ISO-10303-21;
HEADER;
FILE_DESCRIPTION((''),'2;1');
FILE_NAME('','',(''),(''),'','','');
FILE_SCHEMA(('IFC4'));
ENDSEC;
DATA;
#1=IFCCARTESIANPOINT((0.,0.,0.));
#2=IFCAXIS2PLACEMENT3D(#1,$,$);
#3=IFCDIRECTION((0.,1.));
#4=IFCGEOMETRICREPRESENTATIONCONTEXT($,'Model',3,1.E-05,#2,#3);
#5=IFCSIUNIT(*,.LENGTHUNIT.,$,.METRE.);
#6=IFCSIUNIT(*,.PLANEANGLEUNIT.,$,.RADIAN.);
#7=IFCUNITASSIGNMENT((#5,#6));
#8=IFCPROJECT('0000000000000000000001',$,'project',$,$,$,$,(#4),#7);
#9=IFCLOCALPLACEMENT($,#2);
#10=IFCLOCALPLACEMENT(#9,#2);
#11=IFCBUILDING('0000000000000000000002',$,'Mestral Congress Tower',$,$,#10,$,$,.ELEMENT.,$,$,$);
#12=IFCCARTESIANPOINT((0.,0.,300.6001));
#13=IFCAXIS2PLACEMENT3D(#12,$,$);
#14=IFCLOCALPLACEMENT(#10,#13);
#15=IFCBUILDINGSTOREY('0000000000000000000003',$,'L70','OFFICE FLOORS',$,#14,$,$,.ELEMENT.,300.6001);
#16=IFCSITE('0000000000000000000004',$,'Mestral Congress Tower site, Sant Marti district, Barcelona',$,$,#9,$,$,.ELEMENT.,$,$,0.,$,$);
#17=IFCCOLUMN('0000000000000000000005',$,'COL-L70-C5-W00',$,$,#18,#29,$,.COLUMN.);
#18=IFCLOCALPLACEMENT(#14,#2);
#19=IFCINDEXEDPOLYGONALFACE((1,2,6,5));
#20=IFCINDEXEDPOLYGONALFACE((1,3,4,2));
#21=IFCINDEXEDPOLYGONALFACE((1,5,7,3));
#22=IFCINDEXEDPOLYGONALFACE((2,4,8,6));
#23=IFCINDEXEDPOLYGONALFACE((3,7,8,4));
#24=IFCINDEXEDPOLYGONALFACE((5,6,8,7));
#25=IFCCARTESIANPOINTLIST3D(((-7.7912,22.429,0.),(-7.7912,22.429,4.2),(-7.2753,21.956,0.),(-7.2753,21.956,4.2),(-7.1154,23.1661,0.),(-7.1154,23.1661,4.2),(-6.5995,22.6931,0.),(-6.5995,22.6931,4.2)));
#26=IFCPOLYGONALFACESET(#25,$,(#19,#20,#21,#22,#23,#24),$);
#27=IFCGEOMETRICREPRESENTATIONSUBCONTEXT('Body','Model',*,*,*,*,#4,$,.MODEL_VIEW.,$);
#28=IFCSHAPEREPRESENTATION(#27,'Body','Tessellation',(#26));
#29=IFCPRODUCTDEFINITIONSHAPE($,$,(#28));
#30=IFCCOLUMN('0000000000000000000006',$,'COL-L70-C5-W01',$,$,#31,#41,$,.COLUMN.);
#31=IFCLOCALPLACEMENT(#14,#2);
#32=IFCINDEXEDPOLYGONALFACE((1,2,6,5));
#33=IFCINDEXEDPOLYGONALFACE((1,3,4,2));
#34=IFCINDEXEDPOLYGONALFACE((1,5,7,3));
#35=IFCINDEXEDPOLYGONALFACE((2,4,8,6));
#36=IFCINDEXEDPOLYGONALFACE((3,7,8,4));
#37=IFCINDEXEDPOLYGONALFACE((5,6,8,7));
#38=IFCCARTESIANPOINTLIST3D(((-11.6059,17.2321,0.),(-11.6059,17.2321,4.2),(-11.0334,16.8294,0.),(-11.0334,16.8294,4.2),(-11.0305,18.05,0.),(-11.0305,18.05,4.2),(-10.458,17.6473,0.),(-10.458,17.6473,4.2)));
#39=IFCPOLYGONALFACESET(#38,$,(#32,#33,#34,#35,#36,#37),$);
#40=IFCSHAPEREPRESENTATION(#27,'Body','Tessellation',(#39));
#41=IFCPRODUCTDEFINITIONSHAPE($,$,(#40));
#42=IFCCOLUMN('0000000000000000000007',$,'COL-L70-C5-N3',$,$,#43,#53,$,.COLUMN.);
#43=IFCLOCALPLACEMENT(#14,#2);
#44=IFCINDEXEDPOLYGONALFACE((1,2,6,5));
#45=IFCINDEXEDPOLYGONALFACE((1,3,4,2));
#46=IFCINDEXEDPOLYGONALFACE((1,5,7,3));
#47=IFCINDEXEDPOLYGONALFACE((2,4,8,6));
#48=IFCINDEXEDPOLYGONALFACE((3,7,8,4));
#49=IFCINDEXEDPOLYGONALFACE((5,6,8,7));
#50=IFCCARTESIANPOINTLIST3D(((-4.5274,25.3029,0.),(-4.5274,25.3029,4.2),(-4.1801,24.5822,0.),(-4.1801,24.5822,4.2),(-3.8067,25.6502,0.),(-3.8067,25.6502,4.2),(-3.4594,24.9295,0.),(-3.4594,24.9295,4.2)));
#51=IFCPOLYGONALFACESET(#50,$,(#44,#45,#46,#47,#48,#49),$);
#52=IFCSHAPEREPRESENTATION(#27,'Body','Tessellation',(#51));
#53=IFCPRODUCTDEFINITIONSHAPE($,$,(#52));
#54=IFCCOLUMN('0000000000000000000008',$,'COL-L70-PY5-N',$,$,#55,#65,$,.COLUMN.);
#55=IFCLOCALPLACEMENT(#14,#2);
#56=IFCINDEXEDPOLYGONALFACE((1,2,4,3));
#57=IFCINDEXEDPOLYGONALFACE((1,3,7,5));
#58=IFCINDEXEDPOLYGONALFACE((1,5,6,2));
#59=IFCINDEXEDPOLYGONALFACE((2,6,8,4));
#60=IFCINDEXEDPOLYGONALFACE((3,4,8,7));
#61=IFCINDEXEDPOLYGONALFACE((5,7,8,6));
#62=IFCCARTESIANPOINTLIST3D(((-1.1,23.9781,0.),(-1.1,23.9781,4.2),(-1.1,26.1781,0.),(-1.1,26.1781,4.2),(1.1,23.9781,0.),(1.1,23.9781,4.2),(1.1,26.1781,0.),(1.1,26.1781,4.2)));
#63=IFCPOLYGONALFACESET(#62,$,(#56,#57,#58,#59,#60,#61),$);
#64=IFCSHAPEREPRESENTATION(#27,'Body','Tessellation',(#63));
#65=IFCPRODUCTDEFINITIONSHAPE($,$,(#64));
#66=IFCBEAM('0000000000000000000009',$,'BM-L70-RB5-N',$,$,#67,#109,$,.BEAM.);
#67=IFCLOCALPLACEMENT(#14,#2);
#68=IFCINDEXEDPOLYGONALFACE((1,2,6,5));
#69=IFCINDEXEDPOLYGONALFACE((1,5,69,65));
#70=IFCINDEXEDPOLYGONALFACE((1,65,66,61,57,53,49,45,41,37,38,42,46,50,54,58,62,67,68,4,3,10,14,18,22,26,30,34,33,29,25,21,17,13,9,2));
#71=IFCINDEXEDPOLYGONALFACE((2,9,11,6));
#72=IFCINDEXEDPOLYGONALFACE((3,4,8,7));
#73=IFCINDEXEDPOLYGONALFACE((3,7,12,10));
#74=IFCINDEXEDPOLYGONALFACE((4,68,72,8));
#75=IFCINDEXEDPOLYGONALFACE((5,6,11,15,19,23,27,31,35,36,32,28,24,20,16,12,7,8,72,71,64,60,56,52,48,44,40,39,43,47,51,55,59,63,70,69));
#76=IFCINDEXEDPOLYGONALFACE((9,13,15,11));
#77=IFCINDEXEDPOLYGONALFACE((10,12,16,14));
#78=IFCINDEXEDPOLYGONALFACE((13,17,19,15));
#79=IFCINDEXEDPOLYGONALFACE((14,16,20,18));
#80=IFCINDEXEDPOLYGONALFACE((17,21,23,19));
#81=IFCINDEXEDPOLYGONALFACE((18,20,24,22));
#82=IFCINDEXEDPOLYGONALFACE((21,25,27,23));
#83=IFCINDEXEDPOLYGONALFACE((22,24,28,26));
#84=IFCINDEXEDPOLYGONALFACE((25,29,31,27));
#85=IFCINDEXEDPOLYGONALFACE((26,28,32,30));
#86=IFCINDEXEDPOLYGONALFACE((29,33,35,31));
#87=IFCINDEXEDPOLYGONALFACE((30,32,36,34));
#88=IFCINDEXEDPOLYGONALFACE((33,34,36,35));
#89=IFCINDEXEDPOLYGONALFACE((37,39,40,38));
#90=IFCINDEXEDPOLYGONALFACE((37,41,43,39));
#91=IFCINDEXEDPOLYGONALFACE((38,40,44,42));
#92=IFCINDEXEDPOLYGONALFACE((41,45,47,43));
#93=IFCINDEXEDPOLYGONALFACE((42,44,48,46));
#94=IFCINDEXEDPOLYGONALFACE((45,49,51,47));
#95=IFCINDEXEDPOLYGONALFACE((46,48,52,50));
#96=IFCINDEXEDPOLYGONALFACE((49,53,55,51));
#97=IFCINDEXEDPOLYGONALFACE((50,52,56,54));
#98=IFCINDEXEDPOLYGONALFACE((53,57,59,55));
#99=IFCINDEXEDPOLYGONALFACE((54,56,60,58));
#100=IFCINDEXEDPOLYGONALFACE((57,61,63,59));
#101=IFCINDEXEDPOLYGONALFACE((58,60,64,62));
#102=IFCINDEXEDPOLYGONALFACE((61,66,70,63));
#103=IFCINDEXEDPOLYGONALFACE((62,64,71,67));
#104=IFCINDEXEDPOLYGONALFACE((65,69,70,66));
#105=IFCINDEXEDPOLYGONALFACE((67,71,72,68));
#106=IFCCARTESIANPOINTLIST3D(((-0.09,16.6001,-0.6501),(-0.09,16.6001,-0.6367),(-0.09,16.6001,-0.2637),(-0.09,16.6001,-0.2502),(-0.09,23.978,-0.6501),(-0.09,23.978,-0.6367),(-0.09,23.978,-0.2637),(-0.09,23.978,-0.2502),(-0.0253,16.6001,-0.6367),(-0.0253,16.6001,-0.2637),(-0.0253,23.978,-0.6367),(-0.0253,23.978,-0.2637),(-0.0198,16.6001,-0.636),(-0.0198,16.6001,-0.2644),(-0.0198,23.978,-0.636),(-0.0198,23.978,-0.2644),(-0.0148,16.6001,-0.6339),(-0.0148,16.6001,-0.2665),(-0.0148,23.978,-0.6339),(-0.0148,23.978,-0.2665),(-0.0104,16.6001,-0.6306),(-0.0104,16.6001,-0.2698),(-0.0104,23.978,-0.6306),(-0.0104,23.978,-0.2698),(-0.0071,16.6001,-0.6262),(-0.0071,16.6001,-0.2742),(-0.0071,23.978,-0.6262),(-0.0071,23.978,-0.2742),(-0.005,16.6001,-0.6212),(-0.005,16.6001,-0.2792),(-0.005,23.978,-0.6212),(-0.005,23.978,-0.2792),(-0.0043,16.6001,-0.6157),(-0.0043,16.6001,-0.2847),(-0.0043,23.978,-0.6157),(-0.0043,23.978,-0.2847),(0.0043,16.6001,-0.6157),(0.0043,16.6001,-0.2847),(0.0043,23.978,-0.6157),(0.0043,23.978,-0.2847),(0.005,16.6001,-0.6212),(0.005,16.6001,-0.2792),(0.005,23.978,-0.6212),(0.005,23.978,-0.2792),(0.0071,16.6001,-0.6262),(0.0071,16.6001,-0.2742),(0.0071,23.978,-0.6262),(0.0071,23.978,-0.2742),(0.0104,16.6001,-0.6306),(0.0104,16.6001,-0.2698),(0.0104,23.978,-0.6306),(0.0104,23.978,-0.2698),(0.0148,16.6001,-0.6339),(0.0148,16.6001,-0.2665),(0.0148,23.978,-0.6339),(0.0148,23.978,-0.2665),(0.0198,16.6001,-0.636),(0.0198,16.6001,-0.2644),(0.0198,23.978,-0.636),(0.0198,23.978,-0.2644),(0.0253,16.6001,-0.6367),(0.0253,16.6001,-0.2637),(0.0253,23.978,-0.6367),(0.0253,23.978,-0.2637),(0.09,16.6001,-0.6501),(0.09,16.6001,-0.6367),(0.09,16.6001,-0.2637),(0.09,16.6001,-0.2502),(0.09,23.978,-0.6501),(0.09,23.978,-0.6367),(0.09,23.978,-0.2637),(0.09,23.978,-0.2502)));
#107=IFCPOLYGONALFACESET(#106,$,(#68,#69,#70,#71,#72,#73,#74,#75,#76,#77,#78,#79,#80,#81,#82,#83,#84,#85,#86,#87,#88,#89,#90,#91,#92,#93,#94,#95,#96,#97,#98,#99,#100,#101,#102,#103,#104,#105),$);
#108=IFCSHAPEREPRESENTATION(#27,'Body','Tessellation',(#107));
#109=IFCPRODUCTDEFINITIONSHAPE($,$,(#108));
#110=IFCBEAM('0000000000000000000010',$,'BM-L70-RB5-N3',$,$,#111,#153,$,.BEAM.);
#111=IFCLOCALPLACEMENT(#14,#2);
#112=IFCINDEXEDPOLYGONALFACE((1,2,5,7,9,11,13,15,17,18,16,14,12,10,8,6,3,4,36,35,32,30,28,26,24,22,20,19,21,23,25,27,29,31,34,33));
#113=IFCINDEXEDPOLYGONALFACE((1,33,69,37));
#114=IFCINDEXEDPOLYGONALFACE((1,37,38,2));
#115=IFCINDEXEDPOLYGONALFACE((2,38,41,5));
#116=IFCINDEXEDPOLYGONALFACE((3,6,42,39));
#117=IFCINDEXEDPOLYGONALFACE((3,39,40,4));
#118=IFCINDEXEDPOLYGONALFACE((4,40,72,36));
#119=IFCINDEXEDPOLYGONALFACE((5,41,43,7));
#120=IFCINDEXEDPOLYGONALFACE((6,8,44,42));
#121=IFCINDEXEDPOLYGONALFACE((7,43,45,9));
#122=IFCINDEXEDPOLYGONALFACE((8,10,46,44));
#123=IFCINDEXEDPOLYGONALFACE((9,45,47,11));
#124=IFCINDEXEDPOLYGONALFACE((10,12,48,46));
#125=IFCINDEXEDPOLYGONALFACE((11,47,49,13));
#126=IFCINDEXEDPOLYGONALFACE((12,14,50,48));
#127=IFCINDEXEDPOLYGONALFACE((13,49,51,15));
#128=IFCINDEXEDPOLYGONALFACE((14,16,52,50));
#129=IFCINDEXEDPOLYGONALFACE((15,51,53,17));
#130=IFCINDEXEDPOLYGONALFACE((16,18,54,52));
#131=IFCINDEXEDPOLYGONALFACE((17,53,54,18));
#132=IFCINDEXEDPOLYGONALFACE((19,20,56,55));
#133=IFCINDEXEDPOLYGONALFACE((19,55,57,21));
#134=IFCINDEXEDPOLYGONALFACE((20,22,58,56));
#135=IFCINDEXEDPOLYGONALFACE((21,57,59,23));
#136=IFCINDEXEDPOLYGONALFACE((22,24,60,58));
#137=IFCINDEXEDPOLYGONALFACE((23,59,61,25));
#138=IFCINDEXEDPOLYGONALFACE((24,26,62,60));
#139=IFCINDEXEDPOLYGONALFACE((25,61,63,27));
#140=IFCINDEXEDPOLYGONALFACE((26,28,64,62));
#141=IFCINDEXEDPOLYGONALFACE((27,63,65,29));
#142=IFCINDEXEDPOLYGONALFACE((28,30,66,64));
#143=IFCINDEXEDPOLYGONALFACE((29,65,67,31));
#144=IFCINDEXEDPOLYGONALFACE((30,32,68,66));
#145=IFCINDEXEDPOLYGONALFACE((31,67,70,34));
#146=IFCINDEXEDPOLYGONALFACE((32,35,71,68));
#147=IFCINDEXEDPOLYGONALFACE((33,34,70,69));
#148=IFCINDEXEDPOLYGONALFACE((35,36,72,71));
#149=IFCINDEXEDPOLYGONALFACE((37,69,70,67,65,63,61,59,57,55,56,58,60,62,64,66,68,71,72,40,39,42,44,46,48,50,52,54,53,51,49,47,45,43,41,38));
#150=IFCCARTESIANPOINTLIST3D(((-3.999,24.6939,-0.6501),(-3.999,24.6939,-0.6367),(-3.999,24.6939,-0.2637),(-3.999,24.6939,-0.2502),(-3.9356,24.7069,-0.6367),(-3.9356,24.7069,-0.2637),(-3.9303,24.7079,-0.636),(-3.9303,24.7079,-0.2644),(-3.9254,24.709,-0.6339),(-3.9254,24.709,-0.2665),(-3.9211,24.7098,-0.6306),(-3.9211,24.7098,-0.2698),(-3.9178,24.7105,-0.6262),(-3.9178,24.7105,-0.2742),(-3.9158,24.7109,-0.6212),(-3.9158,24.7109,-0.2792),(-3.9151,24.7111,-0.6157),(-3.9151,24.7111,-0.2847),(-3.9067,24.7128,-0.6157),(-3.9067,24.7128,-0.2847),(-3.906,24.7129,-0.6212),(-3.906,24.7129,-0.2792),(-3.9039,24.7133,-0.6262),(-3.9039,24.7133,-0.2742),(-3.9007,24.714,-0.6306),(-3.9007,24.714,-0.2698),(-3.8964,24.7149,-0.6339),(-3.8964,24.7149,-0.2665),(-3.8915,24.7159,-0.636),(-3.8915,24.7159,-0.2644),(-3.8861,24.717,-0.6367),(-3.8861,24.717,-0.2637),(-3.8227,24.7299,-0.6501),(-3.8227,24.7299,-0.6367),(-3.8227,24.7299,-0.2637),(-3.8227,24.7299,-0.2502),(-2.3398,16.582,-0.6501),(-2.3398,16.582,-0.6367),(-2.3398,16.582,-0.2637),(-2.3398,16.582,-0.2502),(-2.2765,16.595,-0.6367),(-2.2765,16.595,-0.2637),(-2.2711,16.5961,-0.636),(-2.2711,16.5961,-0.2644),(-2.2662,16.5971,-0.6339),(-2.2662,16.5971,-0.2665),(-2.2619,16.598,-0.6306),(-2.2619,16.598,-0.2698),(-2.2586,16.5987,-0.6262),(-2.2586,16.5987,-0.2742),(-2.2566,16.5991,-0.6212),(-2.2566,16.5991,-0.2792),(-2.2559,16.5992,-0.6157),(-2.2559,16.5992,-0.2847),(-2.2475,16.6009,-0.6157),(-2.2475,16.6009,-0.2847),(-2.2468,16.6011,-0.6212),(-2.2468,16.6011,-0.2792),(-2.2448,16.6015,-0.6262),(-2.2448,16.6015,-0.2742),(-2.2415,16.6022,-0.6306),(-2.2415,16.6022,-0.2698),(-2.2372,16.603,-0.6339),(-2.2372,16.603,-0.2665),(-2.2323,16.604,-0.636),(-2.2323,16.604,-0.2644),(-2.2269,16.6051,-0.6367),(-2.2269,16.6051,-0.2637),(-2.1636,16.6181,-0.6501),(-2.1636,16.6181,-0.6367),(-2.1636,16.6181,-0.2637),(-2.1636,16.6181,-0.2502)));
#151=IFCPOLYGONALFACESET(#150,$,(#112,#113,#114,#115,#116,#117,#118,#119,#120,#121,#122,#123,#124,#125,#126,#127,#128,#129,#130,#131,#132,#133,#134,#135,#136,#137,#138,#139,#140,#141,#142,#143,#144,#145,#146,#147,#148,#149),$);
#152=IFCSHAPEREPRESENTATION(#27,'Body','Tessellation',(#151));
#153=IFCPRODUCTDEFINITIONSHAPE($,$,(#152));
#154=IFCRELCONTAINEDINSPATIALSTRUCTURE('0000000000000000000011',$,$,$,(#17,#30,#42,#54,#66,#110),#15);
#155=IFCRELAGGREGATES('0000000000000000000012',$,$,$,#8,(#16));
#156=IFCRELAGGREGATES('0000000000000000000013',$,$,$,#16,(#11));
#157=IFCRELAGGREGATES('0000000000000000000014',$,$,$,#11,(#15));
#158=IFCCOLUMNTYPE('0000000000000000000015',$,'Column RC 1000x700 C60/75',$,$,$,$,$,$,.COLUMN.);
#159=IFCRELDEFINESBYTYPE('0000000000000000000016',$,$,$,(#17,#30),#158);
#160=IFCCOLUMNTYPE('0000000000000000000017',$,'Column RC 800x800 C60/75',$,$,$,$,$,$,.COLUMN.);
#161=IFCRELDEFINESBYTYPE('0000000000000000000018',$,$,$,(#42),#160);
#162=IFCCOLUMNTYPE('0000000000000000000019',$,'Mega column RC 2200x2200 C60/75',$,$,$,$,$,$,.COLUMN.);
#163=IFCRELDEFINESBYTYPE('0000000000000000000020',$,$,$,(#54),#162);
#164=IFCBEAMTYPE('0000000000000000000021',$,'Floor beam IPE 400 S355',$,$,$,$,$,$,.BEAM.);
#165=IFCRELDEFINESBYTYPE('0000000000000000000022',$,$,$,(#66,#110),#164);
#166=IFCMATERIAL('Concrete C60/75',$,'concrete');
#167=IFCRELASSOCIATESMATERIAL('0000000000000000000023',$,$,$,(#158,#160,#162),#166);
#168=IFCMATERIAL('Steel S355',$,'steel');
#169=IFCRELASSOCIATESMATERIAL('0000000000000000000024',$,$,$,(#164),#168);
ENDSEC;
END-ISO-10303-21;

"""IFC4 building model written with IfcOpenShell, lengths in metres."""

from ifc_helpers import new_model, si_unit, direction, frame, origin, origin_2d, place, context, subcontext, project, spatial, rectangle, i_section, extrude, material, material_profile, profile_set, type_object, element, save


model = new_model("IFC4")

# Units and contexts
model_context = context("Model", 3, precision=1e-05, world=origin(), true_north=direction((0.0, 1.0)))
body_context = subcontext(model_context, "Body", "Model", "MODEL_VIEW")
ifc_project = project(units=[si_unit("LENGTHUNIT", "METRE"), si_unit("PLANEANGLEUNIT", "RADIAN")], contexts=[model_context])

# Site, building, storey
site_placement = place(None, origin())
site = spatial("IfcSite", under=ifc_project, at=site_placement, Name="Mestral Congress Tower site, Sant Marti district, Barcelona", CompositionType="ELEMENT", RefElevation=0.0)
building_placement = place(site_placement, origin())
building = spatial("IfcBuilding", under=site, at=building_placement, Name="Mestral Congress Tower", CompositionType="ELEMENT")
storey_placement = place(building_placement, frame((0.0, 0.0, 300.6001)))
storey = spatial("IfcBuildingStorey", under=building, at=storey_placement, Name="L70", Description="OFFICE FLOORS", CompositionType="ELEMENT", Elevation=300.6001)

# Columns
ifc_material_1 = material(Name="Concrete C60/75", Category="concrete")
ifc_material_profile_1 = material_profile(ifc_material_1, rectangle(XDim=1.0, YDim=0.7, at=origin_2d()), Name="RC 1000x700")
ifc_profile_set_1 = profile_set([ifc_material_profile_1], Name="Concrete C60/75")
column_type_1 = type_object("IfcColumnType", Name="Column RC 1000x700 C60/75", PredefinedType="COLUMN", material=ifc_profile_set_1)
for number, where, z_axis, x_axis, name in (
    (1, (-7.1953, 22.561, 0.0), (0.0, 0.0, 1.0), (-0.675803, -0.737083, 0.0), "COL-L70-C5-W00"),
    (2, (-11.032, 17.4397, 0.0), (0.0, 0.0, 1.0), (-0.575402, -0.817871, 0.0), "COL-L70-C5-W01"),
):
    element("IfcColumn", number, at=place(storey_placement, frame(where, z_axis=z_axis, x_axis=x_axis)), inside=storey, type_object=column_type_1, Name=name, PredefinedType="COLUMN", context=body_context, shape_type="SweptSolid", body=[
        extrude(rectangle(XDim=1.0, YDim=0.7, at=origin_2d()), origin(), (0.0, 0.0, 1.0), 4.2),
    ])
ifc_material_profile_2 = material_profile(ifc_material_1, rectangle(XDim=0.8, YDim=0.8, at=origin_2d()), Name="RC 800x800")
ifc_profile_set_2 = profile_set([ifc_material_profile_2], Name="Concrete C60/75")
column_type_2 = type_object("IfcColumnType", Name="Column RC 800x800 C60/75", PredefinedType="COLUMN", material=ifc_profile_set_2)
column_1_placement = place(storey_placement, frame((-3.9934, 25.1162, 0.0), z_axis=(0.0, 0.0, 1.0), x_axis=(-0.900873, -0.434082, 0.0)))
element("IfcColumn", 3, at=column_1_placement, inside=storey, type_object=column_type_2, Name="COL-L70-C5-N3", PredefinedType="COLUMN", context=body_context, shape_type="SweptSolid", body=[
    extrude(rectangle(XDim=0.8, YDim=0.8, at=origin_2d()), origin(), (0.0, 0.0, 1.0), 4.2),
])
ifc_material_profile_3 = material_profile(ifc_material_1, rectangle(XDim=2.2, YDim=2.2, at=origin_2d()), Name="RC 2200x2200")
ifc_profile_set_3 = profile_set([ifc_material_profile_3], Name="Concrete C60/75")
column_type_3 = type_object("IfcColumnType", Name="Mega column RC 2200x2200 C60/75", PredefinedType="COLUMN", material=ifc_profile_set_3)
column_2_placement = place(storey_placement, frame((0.0, 25.0781, 0.0), z_axis=(0.0, 0.0, 1.0), x_axis=(0.0, 1.0, 0.0)))
element("IfcColumn", 4, at=column_2_placement, inside=storey, type_object=column_type_3, Name="COL-L70-PY5-N", PredefinedType="COLUMN", context=body_context, shape_type="SweptSolid", body=[
    extrude(rectangle(XDim=2.2, YDim=2.2, at=origin_2d()), origin(), (0.0, 0.0, 1.0), 4.2),
])

# Beams
ifc_material_2 = material(Name="Steel S355", Category="steel")
ifc_material_profile_4 = material_profile(ifc_material_2, i_section(OverallWidth=0.1799, OverallDepth=0.3999, WebThickness=0.0085, FlangeThickness=0.0134, FilletRadius=0.021, at=origin_2d()), Name="IPE 400")
ifc_profile_set_4 = profile_set([ifc_material_profile_4], Name="Steel S355")
beam_type_1 = type_object("IfcBeamType", Name="Floor beam IPE 400 S355", PredefinedType="BEAM", material=ifc_profile_set_4)
beam_1_placement = place(storey_placement, frame((0.0, 23.978, -0.4502), z_axis=(0.0, -1.0, 0.0), x_axis=(1.0, 0.0, 0.0)))
element("IfcBeam", 5, at=beam_1_placement, inside=storey, type_object=beam_type_1, Name="BM-L70-RB5-N", PredefinedType="BEAM", context=body_context, shape_type="SweptSolid", body=[
    extrude(i_section(OverallWidth=0.1799, OverallDepth=0.3999, WebThickness=0.0085, FlangeThickness=0.0134, FilletRadius=0.021, at=origin_2d()), origin(), (0.0, 0.0, 1.0), 7.3779),
])
beam_2_placement = place(storey_placement, frame((-3.9109, 24.7119, -0.4502), z_axis=(0.20039, -0.979716, 0.0), x_axis=(0.979716, 0.20039, 0.0)))
element("IfcBeam", 6, at=beam_2_placement, inside=storey, type_object=beam_type_1, Name="BM-L70-RB5-N3", PredefinedType="BEAM", context=body_context, shape_type="SweptSolid", body=[
    extrude(i_section(OverallWidth=0.1799, OverallDepth=0.3999, WebThickness=0.0085, FlangeThickness=0.0134, FilletRadius=0.021, at=origin_2d()), origin(), (0.0, 0.0, 1.0), 8.2798),
])

save(model, "model.ifc")
